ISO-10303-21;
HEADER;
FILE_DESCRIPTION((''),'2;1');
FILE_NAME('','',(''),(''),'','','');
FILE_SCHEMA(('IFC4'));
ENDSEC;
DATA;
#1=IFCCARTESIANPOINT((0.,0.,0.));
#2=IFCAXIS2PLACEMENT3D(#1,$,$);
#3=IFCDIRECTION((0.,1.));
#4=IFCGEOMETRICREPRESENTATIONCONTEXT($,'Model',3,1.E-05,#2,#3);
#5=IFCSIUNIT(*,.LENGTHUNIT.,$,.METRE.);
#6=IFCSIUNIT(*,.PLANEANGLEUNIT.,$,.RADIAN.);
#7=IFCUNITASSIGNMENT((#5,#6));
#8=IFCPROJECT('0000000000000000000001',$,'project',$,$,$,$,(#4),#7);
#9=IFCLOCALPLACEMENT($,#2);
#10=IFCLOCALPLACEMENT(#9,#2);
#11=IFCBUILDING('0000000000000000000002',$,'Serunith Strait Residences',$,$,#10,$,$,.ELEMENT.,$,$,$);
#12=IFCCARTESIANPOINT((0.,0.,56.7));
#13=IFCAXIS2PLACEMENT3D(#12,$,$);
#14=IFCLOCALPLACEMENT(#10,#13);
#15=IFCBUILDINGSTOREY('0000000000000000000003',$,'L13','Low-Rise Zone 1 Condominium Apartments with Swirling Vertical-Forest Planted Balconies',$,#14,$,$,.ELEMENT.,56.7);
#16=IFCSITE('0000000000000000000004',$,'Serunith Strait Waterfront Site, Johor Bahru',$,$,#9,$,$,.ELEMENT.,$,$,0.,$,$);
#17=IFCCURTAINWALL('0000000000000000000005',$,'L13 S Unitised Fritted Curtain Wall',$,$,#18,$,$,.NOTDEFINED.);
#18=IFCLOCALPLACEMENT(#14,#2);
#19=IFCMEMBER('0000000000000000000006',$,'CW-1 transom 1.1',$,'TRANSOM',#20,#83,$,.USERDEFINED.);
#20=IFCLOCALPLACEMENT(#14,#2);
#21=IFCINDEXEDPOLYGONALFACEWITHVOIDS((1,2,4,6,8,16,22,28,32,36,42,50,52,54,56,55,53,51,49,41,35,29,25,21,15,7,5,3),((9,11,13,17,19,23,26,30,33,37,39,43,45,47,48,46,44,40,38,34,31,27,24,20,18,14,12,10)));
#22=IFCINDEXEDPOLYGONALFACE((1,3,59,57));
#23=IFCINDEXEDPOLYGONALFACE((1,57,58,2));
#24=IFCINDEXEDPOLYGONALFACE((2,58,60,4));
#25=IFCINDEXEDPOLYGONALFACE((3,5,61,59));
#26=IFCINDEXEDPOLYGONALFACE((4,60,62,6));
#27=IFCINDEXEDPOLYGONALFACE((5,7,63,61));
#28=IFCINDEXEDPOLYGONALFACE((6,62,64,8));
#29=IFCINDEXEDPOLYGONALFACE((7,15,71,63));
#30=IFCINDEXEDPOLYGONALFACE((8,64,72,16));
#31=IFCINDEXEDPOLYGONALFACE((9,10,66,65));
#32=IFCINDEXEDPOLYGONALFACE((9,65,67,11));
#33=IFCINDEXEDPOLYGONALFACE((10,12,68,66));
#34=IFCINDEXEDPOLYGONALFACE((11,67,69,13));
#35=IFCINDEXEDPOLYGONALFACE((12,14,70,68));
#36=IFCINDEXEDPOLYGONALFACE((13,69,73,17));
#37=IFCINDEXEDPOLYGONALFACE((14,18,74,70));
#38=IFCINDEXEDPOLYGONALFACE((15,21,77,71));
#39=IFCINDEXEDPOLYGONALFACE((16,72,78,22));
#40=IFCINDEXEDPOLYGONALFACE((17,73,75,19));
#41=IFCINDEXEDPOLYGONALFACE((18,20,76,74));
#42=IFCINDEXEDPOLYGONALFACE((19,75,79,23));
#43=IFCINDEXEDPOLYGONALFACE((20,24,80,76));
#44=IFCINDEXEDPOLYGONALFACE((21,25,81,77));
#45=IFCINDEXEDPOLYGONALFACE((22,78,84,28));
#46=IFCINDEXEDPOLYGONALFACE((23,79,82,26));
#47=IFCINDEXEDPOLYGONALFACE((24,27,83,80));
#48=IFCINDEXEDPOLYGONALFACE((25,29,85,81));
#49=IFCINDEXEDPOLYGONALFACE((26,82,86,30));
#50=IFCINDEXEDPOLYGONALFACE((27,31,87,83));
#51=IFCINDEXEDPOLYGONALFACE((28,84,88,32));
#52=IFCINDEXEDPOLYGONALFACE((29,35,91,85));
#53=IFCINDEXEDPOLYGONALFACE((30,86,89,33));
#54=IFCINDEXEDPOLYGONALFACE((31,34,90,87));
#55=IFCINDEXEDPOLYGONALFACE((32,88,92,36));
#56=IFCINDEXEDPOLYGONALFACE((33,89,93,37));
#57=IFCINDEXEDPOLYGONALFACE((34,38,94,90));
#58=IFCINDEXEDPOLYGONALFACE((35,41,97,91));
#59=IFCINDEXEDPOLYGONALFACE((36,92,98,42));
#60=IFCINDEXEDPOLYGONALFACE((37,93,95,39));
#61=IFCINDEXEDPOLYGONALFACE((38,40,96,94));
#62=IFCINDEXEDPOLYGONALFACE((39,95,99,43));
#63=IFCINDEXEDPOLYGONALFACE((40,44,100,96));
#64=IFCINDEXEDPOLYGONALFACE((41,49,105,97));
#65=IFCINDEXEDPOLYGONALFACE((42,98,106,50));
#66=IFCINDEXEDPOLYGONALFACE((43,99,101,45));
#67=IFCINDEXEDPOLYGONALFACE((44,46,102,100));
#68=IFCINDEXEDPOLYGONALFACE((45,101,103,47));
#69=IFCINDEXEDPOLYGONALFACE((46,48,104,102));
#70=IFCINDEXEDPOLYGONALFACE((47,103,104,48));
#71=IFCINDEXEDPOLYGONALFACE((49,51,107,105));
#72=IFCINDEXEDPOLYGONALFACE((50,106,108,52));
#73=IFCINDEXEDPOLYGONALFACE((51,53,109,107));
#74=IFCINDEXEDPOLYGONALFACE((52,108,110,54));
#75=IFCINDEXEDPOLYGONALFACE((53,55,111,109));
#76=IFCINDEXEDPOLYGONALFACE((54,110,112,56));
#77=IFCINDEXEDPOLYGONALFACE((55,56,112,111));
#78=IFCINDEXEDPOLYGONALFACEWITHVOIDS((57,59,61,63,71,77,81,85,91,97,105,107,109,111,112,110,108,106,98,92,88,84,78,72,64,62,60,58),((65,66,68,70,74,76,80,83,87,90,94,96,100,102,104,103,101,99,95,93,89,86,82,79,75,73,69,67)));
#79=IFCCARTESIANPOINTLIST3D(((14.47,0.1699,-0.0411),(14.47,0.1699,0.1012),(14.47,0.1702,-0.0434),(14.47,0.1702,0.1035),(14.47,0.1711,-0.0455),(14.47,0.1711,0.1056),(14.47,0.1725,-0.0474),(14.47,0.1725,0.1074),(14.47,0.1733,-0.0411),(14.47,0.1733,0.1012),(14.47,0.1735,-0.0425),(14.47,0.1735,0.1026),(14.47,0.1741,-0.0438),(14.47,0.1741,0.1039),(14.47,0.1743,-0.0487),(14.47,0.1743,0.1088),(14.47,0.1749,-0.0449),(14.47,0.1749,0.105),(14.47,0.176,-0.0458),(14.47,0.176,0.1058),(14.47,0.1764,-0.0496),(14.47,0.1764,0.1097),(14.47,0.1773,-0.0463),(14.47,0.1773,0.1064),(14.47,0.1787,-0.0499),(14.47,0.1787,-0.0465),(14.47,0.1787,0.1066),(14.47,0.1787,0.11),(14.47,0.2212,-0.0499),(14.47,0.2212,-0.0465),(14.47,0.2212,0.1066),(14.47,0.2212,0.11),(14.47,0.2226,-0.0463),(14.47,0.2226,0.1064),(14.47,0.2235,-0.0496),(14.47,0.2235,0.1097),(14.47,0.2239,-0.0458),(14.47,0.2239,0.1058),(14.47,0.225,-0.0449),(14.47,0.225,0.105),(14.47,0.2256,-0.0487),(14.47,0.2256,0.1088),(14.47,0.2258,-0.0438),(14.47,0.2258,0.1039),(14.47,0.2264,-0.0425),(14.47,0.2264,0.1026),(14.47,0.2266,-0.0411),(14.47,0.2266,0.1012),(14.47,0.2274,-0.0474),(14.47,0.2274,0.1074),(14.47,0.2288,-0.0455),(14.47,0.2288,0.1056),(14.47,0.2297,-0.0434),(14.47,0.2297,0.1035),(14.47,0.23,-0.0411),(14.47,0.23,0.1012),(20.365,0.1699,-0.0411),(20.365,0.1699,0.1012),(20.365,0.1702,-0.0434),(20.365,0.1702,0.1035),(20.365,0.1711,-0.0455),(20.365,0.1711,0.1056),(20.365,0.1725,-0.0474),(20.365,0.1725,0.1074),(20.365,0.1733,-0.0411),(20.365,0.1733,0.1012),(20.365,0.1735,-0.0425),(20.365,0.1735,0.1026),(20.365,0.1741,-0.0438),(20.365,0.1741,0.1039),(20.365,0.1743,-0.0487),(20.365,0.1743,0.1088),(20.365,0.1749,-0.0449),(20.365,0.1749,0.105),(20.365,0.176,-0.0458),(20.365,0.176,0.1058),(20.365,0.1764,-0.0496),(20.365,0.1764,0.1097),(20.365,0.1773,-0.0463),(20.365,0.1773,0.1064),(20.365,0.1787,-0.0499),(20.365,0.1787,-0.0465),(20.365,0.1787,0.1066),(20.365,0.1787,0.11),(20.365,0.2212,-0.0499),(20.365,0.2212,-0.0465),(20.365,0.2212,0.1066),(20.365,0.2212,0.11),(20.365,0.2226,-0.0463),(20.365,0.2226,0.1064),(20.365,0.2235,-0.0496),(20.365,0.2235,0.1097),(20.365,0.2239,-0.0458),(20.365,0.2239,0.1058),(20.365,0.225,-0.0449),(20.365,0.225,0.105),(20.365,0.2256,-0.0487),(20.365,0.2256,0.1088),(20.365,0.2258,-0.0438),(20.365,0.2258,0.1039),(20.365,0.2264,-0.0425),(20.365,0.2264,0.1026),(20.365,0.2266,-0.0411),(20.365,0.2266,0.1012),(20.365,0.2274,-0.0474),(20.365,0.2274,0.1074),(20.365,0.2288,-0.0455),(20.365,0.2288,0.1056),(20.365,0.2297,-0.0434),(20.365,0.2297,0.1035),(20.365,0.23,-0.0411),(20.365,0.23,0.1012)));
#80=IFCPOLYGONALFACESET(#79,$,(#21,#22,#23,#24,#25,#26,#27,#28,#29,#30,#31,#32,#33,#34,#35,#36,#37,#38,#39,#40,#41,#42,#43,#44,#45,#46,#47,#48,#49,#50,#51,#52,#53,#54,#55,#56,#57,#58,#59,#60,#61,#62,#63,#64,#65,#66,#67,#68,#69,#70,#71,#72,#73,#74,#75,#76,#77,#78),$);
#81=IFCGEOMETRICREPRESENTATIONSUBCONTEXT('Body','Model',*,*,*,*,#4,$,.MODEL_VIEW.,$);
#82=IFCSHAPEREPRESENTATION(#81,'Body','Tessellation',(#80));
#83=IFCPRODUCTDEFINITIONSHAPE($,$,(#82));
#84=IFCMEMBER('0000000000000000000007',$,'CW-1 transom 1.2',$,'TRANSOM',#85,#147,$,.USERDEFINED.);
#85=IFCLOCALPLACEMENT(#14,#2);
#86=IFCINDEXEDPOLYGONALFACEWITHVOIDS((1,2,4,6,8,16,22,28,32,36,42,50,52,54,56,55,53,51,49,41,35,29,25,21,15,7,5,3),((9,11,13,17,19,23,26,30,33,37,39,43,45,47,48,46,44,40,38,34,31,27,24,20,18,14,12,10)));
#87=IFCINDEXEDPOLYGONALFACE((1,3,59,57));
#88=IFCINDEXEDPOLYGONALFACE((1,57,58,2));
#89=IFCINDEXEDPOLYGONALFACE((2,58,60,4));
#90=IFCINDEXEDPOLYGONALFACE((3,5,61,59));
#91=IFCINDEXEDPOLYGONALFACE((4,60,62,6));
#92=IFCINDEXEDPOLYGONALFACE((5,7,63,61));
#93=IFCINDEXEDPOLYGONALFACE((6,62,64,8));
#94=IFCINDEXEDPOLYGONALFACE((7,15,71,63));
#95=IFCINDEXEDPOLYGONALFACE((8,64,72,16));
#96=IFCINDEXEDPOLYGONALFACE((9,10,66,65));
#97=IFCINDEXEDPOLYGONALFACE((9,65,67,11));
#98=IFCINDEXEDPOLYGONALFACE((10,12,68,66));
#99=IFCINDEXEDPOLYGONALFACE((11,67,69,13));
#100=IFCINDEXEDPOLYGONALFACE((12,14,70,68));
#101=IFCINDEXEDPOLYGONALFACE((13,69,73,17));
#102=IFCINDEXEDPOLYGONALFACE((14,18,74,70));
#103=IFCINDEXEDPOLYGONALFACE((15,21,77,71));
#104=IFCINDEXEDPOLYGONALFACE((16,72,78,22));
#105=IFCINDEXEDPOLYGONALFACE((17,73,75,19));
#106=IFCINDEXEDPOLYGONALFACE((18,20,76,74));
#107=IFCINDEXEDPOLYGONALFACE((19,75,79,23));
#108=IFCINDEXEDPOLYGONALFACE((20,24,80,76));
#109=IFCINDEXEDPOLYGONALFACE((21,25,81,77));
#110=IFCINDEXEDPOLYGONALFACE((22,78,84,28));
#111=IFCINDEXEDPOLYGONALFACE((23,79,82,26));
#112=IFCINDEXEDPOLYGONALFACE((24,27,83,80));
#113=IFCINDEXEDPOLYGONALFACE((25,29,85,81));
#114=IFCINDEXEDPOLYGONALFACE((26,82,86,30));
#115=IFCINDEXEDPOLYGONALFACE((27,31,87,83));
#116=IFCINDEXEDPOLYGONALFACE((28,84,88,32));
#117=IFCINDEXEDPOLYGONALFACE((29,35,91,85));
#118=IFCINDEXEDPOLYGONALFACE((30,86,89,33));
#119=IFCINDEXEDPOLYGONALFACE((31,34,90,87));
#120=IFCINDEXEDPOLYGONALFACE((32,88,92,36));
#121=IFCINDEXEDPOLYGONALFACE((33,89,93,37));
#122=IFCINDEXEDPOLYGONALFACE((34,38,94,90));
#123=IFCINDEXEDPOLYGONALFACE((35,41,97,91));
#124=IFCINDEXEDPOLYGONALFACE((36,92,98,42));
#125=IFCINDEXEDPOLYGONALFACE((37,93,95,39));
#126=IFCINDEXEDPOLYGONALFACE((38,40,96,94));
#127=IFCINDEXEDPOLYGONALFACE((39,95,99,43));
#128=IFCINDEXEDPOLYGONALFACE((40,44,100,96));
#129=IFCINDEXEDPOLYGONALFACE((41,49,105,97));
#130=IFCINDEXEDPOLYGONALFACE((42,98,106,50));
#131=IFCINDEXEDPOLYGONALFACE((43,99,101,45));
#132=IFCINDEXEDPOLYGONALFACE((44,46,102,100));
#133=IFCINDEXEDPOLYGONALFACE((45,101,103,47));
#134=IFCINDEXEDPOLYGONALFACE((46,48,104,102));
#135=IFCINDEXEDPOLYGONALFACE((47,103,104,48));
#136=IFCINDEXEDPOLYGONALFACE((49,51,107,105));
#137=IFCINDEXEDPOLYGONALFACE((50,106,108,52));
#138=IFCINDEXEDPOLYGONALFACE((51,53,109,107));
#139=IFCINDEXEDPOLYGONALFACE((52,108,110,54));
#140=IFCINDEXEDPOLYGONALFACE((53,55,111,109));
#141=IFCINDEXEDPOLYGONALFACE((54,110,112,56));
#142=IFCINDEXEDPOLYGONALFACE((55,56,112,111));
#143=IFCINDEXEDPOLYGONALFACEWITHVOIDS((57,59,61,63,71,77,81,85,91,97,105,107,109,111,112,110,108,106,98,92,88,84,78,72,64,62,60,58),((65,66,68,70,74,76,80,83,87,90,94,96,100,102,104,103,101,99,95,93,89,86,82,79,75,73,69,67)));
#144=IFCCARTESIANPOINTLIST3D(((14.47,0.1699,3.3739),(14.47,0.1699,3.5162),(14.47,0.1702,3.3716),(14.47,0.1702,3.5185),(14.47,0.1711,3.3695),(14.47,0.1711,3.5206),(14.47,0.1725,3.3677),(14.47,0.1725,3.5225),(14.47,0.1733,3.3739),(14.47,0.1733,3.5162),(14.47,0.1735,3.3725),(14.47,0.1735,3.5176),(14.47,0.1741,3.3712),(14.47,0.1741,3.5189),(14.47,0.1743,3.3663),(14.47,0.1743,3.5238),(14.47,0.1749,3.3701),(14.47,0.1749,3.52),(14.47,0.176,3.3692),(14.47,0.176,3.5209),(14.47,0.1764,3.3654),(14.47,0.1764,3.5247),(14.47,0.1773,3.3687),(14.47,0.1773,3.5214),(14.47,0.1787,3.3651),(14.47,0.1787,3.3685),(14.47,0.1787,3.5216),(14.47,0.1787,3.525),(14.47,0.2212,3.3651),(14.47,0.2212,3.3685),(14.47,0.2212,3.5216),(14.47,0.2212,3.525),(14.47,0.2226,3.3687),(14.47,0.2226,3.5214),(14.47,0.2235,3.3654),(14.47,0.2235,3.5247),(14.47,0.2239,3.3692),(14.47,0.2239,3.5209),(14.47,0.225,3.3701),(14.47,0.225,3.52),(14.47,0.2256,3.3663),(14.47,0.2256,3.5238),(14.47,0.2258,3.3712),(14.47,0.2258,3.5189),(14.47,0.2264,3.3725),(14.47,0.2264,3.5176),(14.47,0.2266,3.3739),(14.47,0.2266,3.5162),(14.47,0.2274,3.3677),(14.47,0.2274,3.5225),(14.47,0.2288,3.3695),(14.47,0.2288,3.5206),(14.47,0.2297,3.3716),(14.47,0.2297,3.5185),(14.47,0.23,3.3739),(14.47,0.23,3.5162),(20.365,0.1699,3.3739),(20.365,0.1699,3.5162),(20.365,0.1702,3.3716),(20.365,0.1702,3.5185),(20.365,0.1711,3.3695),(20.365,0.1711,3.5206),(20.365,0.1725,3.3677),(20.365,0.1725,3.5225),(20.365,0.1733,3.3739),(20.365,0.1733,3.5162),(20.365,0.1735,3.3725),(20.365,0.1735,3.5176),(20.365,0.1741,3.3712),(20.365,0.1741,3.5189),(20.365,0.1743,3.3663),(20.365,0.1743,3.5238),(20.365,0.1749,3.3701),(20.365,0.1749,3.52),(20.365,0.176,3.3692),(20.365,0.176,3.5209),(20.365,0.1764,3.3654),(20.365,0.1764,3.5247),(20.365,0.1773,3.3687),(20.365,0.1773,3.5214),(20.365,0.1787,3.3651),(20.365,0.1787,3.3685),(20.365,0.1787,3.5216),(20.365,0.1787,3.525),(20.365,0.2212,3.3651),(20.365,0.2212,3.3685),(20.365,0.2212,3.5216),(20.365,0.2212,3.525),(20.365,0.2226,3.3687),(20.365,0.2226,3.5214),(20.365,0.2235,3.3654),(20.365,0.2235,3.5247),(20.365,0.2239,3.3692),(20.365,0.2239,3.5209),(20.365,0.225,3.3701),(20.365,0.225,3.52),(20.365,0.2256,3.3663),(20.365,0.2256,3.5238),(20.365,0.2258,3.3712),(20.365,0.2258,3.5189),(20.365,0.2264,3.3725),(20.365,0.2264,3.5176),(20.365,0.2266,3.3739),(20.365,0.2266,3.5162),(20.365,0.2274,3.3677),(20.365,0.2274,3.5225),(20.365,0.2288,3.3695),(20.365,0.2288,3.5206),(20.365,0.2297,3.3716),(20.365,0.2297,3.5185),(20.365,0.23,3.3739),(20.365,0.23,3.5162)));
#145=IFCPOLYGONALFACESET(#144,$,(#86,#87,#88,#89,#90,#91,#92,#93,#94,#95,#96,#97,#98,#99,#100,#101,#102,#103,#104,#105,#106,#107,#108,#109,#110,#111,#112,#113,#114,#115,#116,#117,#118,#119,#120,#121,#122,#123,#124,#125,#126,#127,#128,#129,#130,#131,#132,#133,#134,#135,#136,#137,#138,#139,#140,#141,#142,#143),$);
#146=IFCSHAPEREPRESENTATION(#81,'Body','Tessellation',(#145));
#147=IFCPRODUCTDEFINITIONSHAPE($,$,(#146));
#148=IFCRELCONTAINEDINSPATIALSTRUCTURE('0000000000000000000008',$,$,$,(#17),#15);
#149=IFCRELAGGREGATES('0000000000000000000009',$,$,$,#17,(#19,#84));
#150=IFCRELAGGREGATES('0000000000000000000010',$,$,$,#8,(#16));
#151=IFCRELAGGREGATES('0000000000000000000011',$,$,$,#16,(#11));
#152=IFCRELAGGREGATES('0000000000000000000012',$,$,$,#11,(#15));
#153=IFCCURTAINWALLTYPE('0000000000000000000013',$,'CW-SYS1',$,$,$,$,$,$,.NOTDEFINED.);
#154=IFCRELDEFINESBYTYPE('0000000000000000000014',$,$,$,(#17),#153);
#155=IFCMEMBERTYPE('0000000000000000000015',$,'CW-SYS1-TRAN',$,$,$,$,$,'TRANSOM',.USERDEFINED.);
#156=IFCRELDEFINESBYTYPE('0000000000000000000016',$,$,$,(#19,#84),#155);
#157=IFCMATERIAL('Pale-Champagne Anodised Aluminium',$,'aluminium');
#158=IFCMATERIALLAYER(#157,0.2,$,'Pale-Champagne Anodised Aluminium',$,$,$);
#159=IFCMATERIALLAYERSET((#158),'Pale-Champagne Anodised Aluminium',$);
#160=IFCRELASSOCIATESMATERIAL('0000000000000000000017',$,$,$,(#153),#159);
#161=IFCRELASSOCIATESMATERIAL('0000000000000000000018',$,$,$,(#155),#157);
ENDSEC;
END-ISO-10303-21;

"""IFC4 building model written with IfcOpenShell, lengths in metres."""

from ifc_helpers import new_model, si_unit, direction, frame, origin, origin_2d, place, context, subcontext, project, spatial, hollow_rectangle, extrude, source, transform, mapped, material, layer, layer_set, material_profile, profile_set, type_object, element, aggregate, save


model = new_model("IFC4")

# Units and contexts
model_context = context("Model", 3, precision=1e-05, world=origin(), true_north=direction((0.0, 1.0)))
body_context = subcontext(model_context, "Body", "Model", "MODEL_VIEW")
ifc_project = project(units=[si_unit("LENGTHUNIT", "METRE"), si_unit("PLANEANGLEUNIT", "RADIAN")], contexts=[model_context])

# Site, building, storey
site_placement = place(None, origin())
site = spatial("IfcSite", under=ifc_project, at=site_placement, Name="Serunith Strait Waterfront Site, Johor Bahru", CompositionType="ELEMENT", RefElevation=0.0)
building_placement = place(site_placement, origin())
building = spatial("IfcBuilding", under=site, at=building_placement, Name="Serunith Strait Residences", CompositionType="ELEMENT")
storey_placement = place(building_placement, frame((0.0, 0.0, 56.7)))
storey = spatial("IfcBuildingStorey", under=building, at=storey_placement, Name="L13", Description="Low-Rise Zone 1 Condominium Apartments with Swirling Vertical-Forest Planted Balconies", CompositionType="ELEMENT", Elevation=56.7)

# Curtain wall
ifc_material_1 = material(Name="Pale-Champagne Anodised Aluminium", Category="aluminium")
ifc_layer_1 = layer(ifc_material_1, 0.2, Name="Pale-Champagne Anodised Aluminium")
ifc_layer_set_1 = layer_set([ifc_layer_1], Name="Pale-Champagne Anodised Aluminium")
curtain_wall_type = type_object("IfcCurtainWallType", Name="CW-SYS1", PredefinedType="NOTDEFINED", material=ifc_layer_set_1)
curtain_wall_1_placement = place(storey_placement, origin())
curtain_wall_1 = element("IfcCurtainWall", 1, at=curtain_wall_1_placement, inside=storey, type_object=curtain_wall_type, Name="L13 S Unitised Fritted Curtain Wall", PredefinedType="NOTDEFINED")

# Members
ifc_material_profile_1 = material_profile(ifc_material_1, hollow_rectangle(XDim=0.0601, YDim=0.1599, WallThickness=0.0034, InnerFilletRadius=0.0054, OuterFilletRadius=0.0088, at=origin_2d()), Name="ALU 160x60x3.5")
ifc_profile_set_1 = profile_set([ifc_material_profile_1], Name="Pale-Champagne Anodised Aluminium")
member_type_1 = type_object("IfcMemberType", Name="CW-SYS1-TRAN", ElementType="TRANSOM", PredefinedType="USERDEFINED", material=ifc_profile_set_1)
shared_shape_1 = source(origin(), body_context, "Body", "SweptSolid", [
    extrude(hollow_rectangle(XDim=0.0601, YDim=0.1599, WallThickness=0.0034, InnerFilletRadius=0.0054, OuterFilletRadius=0.0088, at=origin_2d()), origin(), (0.0, 0.0, 1.0), 5.895),
])
member_1_placement = place(storey_placement, frame((14.47, 0.2, 0.03), z_axis=(1.0, 0.0, 0.0), x_axis=(0.0, 1.0, 0.0)))
member_1 = element("IfcMember", 2, at=member_1_placement, type_object=member_type_1, Name="CW-1 transom 1.1", ObjectType="TRANSOM", PredefinedType="USERDEFINED", context=body_context, shape_type="MappedRepresentation", body=[
    mapped(shared_shape_1, transform((0.0, 0.0, 0.0), scale=1.0)),
])
member_2_placement = place(storey_placement, frame((14.47, 0.2, 3.4451), z_axis=(1.0, 0.0, 0.0), x_axis=(0.0, 1.0, 0.0)))
member_2 = element("IfcMember", 3, at=member_2_placement, type_object=member_type_1, Name="CW-1 transom 1.2", ObjectType="TRANSOM", PredefinedType="USERDEFINED", context=body_context, shape_type="MappedRepresentation", body=[
    mapped(shared_shape_1, transform((0.0, 0.0, 0.0), scale=1.0)),
])
aggregate(curtain_wall_1, [member_1, member_2])

save(model, "model.ifc")
